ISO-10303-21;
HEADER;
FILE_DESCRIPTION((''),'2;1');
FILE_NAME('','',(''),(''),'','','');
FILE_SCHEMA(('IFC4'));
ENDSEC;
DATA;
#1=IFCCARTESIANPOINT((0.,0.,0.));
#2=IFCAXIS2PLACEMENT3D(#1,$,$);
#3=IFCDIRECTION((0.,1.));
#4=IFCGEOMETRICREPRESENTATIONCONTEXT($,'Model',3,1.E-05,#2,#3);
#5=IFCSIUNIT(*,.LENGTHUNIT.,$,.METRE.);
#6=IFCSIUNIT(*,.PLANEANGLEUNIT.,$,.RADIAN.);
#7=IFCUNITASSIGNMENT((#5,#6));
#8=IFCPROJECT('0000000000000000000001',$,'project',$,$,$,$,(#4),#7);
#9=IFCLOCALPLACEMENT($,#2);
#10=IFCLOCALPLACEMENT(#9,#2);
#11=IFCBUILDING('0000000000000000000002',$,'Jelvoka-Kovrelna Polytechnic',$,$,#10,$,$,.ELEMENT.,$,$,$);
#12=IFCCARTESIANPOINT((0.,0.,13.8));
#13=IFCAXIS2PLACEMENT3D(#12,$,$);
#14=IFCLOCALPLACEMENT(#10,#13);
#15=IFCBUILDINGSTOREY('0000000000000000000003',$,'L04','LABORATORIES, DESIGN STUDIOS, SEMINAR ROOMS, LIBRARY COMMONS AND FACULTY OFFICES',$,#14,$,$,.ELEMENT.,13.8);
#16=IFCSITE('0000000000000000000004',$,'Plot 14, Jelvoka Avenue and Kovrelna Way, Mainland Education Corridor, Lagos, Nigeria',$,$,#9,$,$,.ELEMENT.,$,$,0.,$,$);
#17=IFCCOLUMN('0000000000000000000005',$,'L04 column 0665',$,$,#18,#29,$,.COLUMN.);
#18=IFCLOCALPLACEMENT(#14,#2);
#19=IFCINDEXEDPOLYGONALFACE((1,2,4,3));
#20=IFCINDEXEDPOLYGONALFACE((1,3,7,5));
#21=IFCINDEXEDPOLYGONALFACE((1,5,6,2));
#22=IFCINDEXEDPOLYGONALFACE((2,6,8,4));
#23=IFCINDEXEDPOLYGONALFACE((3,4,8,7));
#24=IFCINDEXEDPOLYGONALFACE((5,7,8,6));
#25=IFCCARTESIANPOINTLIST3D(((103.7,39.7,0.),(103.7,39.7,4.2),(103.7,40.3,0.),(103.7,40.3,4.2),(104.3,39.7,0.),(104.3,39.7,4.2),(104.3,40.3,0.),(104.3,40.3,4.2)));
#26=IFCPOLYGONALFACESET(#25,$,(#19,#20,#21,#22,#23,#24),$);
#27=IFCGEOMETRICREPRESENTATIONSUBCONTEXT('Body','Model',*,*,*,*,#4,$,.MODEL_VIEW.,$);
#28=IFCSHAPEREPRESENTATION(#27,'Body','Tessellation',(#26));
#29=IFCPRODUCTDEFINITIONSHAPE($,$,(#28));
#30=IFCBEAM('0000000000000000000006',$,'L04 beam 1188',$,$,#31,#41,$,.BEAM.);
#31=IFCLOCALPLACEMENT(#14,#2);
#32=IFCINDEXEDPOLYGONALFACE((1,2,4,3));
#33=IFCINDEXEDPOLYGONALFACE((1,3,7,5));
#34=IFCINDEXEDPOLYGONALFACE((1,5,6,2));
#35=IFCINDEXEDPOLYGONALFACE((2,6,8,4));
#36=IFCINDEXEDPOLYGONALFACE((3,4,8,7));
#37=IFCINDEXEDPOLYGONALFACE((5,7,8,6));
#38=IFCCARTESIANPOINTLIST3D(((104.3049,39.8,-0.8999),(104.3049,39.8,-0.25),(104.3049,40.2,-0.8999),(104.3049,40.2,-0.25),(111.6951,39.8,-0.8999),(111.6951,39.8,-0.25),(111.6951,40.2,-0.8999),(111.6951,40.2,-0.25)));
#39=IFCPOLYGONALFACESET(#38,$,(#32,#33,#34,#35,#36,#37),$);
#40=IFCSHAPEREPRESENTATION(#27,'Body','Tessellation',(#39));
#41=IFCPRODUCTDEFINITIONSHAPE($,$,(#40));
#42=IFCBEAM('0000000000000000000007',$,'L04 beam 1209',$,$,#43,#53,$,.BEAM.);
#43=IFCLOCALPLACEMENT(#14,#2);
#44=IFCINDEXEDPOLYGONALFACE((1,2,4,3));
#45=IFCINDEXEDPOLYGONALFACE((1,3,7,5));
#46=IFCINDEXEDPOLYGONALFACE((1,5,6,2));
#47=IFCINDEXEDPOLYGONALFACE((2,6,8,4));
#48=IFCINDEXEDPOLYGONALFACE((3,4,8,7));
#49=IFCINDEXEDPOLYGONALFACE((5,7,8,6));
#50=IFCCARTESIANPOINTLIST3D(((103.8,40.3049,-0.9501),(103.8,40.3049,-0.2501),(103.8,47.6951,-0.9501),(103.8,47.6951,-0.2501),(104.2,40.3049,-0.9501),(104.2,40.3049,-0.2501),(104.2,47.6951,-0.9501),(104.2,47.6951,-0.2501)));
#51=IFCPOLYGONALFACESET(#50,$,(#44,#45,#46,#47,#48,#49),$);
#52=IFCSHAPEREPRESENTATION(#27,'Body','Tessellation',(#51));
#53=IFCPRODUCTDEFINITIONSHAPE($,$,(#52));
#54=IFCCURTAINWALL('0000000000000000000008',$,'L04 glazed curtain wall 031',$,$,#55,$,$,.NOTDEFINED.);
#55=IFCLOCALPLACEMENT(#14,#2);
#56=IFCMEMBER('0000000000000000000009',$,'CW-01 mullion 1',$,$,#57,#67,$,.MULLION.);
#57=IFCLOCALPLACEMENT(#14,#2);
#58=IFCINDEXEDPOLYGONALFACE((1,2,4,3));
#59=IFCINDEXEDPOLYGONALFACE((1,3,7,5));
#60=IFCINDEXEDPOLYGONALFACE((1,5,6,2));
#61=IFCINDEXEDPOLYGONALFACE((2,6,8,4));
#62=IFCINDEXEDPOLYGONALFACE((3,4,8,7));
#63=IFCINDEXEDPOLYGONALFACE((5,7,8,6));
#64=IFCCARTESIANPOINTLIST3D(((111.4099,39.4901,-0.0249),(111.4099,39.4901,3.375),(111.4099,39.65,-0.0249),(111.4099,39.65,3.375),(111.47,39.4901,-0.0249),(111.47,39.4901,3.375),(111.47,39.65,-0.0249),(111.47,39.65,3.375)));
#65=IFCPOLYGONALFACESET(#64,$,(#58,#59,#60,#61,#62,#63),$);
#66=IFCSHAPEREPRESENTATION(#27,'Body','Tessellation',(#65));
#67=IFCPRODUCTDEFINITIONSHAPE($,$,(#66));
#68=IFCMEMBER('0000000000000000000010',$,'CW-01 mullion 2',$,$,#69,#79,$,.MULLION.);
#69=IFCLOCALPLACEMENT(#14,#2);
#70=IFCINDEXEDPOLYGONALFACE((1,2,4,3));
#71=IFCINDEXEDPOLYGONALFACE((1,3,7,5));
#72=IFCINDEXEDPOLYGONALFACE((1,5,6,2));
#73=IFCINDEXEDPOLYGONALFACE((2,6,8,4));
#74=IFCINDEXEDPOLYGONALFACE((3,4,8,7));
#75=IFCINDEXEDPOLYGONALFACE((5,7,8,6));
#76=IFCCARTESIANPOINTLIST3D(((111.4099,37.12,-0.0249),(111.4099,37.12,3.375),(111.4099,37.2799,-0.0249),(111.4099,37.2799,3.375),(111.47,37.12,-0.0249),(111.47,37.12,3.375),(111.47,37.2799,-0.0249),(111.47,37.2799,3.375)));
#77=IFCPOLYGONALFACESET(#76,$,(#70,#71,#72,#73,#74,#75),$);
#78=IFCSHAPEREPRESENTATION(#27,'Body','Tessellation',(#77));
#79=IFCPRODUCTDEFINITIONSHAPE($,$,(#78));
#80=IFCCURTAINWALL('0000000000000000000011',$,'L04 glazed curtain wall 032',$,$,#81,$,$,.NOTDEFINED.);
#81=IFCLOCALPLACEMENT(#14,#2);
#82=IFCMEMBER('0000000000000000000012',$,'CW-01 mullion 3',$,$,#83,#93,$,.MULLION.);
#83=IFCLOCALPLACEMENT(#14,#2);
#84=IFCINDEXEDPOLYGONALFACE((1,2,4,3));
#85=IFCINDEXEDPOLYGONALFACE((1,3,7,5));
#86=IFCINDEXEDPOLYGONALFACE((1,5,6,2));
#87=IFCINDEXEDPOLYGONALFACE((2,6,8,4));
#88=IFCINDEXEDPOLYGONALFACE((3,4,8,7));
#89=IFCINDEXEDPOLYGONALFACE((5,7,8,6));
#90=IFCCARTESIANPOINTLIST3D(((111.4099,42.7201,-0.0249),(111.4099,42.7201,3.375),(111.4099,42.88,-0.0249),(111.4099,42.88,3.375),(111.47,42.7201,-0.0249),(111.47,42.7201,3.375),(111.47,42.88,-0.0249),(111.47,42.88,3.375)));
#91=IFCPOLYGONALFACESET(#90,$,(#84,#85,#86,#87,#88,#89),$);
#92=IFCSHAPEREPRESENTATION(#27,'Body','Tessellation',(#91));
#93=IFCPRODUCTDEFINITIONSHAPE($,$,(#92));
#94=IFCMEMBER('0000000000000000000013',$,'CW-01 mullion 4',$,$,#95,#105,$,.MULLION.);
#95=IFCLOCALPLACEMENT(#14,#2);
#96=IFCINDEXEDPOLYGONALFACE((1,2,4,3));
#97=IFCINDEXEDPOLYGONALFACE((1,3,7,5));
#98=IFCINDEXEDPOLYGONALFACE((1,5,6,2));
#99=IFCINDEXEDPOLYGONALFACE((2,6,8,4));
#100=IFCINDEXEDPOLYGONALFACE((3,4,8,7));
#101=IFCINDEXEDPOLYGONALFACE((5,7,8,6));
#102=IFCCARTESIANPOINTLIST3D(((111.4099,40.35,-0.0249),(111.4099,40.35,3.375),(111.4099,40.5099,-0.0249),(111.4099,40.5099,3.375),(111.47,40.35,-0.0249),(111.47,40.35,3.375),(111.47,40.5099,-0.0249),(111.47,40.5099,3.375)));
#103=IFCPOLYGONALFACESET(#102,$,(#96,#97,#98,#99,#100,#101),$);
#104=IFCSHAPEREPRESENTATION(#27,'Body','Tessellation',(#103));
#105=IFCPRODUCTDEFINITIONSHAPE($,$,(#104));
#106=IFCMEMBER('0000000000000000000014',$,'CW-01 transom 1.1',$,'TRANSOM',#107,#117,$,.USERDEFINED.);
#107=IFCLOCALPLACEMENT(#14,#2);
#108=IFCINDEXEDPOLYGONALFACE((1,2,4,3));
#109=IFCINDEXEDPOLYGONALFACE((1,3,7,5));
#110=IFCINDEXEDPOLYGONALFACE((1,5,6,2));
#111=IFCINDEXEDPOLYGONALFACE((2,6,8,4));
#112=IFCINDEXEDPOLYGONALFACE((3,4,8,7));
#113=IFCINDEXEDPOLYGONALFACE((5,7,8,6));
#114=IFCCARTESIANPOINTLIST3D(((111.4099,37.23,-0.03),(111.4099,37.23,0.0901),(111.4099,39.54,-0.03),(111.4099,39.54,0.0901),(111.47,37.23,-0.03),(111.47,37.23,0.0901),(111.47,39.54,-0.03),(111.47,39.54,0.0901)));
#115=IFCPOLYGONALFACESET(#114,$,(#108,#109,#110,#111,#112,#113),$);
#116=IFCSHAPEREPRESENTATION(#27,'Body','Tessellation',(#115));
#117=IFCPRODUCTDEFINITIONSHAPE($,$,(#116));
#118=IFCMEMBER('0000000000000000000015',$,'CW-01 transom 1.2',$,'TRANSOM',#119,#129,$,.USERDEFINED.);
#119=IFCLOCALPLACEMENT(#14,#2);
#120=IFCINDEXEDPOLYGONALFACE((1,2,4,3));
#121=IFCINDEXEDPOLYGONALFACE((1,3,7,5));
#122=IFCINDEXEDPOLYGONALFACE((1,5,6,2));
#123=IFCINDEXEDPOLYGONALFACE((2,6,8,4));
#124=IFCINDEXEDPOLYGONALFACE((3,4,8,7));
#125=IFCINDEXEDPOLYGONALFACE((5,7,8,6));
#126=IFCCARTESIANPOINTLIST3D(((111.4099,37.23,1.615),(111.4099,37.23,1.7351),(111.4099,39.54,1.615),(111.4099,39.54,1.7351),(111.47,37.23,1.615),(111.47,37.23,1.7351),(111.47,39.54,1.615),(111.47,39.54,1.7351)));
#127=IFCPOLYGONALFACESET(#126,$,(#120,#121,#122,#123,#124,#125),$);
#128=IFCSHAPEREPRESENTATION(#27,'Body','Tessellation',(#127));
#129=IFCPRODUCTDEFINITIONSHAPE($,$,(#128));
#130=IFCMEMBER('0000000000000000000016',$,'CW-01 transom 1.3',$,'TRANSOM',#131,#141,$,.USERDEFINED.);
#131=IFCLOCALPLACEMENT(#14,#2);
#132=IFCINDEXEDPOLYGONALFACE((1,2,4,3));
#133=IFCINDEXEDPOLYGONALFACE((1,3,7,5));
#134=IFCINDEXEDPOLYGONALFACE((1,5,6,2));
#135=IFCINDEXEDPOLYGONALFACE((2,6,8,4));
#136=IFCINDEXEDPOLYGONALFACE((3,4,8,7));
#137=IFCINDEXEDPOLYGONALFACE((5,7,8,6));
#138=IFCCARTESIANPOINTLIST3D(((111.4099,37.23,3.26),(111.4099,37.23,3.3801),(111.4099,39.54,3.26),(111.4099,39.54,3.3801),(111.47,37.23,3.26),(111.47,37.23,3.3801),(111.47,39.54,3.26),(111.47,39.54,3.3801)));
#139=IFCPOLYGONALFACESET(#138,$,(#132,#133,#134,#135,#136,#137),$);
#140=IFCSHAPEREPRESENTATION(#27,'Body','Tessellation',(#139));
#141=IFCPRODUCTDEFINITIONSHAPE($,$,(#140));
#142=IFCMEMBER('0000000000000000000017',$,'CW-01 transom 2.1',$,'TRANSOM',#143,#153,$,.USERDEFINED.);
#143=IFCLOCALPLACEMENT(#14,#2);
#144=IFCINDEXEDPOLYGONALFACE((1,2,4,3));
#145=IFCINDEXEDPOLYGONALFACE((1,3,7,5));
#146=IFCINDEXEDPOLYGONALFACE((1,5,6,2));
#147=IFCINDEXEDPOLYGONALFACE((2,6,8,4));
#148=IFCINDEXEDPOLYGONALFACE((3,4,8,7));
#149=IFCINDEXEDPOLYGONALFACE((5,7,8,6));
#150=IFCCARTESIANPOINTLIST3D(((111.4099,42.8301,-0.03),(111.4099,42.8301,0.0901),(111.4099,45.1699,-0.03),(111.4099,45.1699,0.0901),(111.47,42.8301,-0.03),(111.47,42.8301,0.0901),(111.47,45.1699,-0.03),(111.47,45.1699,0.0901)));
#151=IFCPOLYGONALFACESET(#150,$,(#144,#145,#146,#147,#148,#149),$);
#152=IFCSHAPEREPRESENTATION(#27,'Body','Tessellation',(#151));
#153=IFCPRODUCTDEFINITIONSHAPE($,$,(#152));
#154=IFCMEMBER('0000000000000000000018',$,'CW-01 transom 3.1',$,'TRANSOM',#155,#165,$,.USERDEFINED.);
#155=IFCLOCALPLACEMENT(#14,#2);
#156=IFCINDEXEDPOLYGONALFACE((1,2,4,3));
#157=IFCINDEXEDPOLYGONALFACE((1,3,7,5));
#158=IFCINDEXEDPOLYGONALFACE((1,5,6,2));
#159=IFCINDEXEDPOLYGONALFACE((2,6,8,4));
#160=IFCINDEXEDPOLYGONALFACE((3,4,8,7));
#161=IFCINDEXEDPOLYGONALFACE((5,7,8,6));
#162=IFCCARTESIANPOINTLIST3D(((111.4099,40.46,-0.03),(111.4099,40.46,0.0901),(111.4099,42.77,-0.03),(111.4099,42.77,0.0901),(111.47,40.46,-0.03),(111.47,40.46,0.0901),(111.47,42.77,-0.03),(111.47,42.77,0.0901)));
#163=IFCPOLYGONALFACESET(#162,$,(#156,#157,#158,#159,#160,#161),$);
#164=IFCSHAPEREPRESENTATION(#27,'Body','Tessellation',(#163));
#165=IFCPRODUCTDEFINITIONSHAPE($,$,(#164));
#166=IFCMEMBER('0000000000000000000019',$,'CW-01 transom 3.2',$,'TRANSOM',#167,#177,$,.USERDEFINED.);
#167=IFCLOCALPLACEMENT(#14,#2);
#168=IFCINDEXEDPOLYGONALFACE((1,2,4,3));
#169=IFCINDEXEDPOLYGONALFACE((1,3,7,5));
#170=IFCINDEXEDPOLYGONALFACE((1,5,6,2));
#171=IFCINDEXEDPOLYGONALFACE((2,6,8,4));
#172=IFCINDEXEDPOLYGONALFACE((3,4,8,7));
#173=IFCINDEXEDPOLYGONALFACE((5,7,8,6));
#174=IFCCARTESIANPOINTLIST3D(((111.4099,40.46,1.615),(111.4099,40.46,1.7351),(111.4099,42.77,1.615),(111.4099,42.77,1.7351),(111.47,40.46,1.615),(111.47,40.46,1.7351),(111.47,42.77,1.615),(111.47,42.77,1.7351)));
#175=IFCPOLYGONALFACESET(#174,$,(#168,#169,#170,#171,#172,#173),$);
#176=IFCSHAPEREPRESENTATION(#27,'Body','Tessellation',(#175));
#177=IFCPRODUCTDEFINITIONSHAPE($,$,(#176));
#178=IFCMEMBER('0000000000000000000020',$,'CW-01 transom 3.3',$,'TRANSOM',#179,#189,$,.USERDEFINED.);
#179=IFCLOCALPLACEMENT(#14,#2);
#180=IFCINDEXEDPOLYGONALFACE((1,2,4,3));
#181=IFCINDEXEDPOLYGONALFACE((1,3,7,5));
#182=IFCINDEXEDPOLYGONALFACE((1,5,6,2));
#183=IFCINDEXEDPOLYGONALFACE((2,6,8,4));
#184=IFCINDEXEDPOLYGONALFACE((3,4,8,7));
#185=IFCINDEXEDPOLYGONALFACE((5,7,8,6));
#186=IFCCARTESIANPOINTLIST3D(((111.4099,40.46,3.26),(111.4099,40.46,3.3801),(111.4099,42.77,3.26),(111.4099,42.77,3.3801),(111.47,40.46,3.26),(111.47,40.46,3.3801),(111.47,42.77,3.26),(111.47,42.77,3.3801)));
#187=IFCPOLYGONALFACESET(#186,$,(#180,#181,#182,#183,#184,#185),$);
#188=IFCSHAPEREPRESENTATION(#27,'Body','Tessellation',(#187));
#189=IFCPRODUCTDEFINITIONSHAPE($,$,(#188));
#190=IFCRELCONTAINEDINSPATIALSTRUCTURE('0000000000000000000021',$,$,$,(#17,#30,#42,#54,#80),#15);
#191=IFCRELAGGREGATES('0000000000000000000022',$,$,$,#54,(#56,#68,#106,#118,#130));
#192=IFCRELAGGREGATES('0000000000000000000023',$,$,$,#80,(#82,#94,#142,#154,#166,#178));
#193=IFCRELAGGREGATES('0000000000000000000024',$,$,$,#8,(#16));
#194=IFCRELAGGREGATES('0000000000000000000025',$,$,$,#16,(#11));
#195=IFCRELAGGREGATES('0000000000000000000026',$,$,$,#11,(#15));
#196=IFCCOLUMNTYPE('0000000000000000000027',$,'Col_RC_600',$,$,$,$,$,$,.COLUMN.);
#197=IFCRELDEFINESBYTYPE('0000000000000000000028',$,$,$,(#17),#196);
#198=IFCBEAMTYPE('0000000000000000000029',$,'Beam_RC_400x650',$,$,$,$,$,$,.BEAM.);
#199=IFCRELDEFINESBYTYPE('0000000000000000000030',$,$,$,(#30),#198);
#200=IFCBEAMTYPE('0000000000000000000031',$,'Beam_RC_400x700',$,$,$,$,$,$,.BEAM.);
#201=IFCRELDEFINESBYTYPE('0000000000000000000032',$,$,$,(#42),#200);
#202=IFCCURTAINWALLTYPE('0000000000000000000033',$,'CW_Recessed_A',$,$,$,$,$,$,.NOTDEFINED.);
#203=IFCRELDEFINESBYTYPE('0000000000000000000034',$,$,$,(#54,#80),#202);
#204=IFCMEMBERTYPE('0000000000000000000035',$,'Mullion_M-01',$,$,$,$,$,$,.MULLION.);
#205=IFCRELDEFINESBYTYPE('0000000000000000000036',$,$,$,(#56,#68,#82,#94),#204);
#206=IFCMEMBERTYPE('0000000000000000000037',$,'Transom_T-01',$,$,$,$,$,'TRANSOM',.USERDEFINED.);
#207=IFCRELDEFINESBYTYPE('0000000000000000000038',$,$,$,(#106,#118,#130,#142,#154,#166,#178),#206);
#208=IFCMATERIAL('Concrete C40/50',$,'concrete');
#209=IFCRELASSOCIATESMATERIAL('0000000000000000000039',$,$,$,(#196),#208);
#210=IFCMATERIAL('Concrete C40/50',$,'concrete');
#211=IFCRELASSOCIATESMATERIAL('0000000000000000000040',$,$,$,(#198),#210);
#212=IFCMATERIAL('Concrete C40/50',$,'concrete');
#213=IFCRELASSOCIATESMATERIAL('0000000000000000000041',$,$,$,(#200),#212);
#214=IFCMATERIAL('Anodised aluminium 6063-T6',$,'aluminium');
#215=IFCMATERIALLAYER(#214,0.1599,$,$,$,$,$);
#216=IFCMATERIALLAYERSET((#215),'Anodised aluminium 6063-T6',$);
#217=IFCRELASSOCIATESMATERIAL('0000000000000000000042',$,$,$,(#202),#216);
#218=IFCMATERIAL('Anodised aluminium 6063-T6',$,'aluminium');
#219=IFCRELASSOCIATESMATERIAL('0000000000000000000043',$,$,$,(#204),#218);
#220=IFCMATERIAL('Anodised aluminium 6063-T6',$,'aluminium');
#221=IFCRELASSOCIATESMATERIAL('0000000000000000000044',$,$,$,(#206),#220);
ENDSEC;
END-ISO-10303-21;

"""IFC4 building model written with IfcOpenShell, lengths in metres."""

from ifc_helpers import new_model, si_unit, direction, frame, origin, origin_2d, place, context, subcontext, project, spatial, rectangle, extrude, material, layer, layer_set, material_profile, profile_set, type_object, element, aggregate, save


model = new_model("IFC4")

# Units and contexts
model_context = context("Model", 3, precision=1e-05, world=origin(), true_north=direction((0.0, 1.0)))
body_context = subcontext(model_context, "Body", "Model", "MODEL_VIEW")
ifc_project = project(units=[si_unit("LENGTHUNIT", "METRE"), si_unit("PLANEANGLEUNIT", "RADIAN")], contexts=[model_context])

# Site, building, storey
site_placement = place(None, origin())
site = spatial("IfcSite", under=ifc_project, at=site_placement, Name="Plot 14, Jelvoka Avenue and Kovrelna Way, Mainland Education Corridor, Lagos, Nigeria", CompositionType="ELEMENT", RefElevation=0.0)
building_placement = place(site_placement, origin())
building = spatial("IfcBuilding", under=site, at=building_placement, Name="Jelvoka-Kovrelna Polytechnic", CompositionType="ELEMENT")
storey_placement = place(building_placement, frame((0.0, 0.0, 13.8)))
storey = spatial("IfcBuildingStorey", under=building, at=storey_placement, Name="L04", Description="LABORATORIES, DESIGN STUDIOS, SEMINAR ROOMS, LIBRARY COMMONS AND FACULTY OFFICES", CompositionType="ELEMENT", Elevation=13.8)

# Column
ifc_material_1 = material(Name="Concrete C40/50", Category="concrete")
ifc_material_profile_1 = material_profile(ifc_material_1, rectangle(XDim=0.6001, YDim=0.6001, at=origin_2d()), Name="RC 600x600")
ifc_profile_set_1 = profile_set([ifc_material_profile_1], Name="Concrete C40/50")
column_type = type_object("IfcColumnType", Name="Col_RC_600", PredefinedType="COLUMN", material=ifc_profile_set_1)
column_placement = place(storey_placement, frame((104.0, 40.0, 0.0), z_axis=(0.0, 0.0, 1.0), x_axis=(1.0, 0.0, 0.0)))
element("IfcColumn", 1, at=column_placement, inside=storey, type_object=column_type, Name="L04 column 0665", PredefinedType="COLUMN", context=body_context, shape_type="SweptSolid", body=[
    extrude(rectangle(XDim=0.6001, YDim=0.6001, at=origin_2d()), origin(), (0.0, 0.0, 1.0), 4.2),
])

# Beams
ifc_material_2 = material(Name="Concrete C40/50", Category="concrete")
ifc_material_profile_2 = material_profile(ifc_material_2, rectangle(XDim=0.3999, YDim=0.6499, at=origin_2d()), Name="RC 400x650")
ifc_profile_set_2 = profile_set([ifc_material_profile_2], Name="Concrete C40/50")
beam_type_1 = type_object("IfcBeamType", Name="Beam_RC_400x650", PredefinedType="BEAM", material=ifc_profile_set_2)
beam_1_placement = place(storey_placement, frame((104.3049, 40.0, -0.575), z_axis=(1.0, 0.0, 0.0), x_axis=(0.0, 1.0, 0.0)))
element("IfcBeam", 2, at=beam_1_placement, inside=storey, type_object=beam_type_1, Name="L04 beam 1188", PredefinedType="BEAM", context=body_context, shape_type="SweptSolid", body=[
    extrude(rectangle(XDim=0.3999, YDim=0.6499, at=origin_2d()), origin(), (0.0, 0.0, 1.0), 7.3901),
])
ifc_material_3 = material(Name="Concrete C40/50", Category="concrete")
ifc_material_profile_3 = material_profile(ifc_material_3, rectangle(XDim=0.3999, YDim=0.7, at=origin_2d()), Name="RC 400x700")
ifc_profile_set_3 = profile_set([ifc_material_profile_3], Name="Concrete C40/50")
beam_type_2 = type_object("IfcBeamType", Name="Beam_RC_400x700", PredefinedType="BEAM", material=ifc_profile_set_3)
beam_2_placement = place(storey_placement, frame((104.0, 40.3049, -0.6001), z_axis=(0.0, 1.0, 0.0), x_axis=(-1.0, 0.0, 0.0)))
element("IfcBeam", 3, at=beam_2_placement, inside=storey, type_object=beam_type_2, Name="L04 beam 1209", PredefinedType="BEAM", context=body_context, shape_type="SweptSolid", body=[
    extrude(rectangle(XDim=0.3999, YDim=0.7, at=origin_2d()), origin(), (0.0, 0.0, 1.0), 7.3901),
])

# Curtain walls, members
ifc_material_4 = material(Name="Anodised aluminium 6063-T6", Category="aluminium")
ifc_layer_1 = layer(ifc_material_4, 0.1599)
ifc_layer_set_1 = layer_set([ifc_layer_1], Name="Anodised aluminium 6063-T6")
curtain_wall_type = type_object("IfcCurtainWallType", Name="CW_Recessed_A", PredefinedType="NOTDEFINED", material=ifc_layer_set_1)
curtain_wall_1_placement = place(storey_placement, origin())
curtain_wall_1 = element("IfcCurtainWall", 4, at=curtain_wall_1_placement, inside=storey, type_object=curtain_wall_type, Name="L04 glazed curtain wall 031", PredefinedType="NOTDEFINED")
ifc_material_5 = material(Name="Anodised aluminium 6063-T6", Category="aluminium")
ifc_material_profile_4 = material_profile(ifc_material_5, rectangle(XDim=0.0601, YDim=0.1599, at=origin_2d()), Name="ALU 60x160")
ifc_profile_set_4 = profile_set([ifc_material_profile_4], Name="Anodised aluminium 6063-T6")
member_type_1 = type_object("IfcMemberType", Name="Mullion_M-01", PredefinedType="MULLION", material=ifc_profile_set_4)
member_1_placement = place(storey_placement, frame((111.4399, 39.5701, -0.0249), z_axis=(0.0, 0.0, 1.0), x_axis=(1.0, 0.0, 0.0)))
member_1 = element("IfcMember", 5, at=member_1_placement, type_object=member_type_1, Name="CW-01 mullion 1", PredefinedType="MULLION", context=body_context, shape_type="SweptSolid", body=[
    extrude(rectangle(XDim=0.0601, YDim=0.1599, at=origin_2d()), origin(), (0.0, 0.0, 1.0), 3.3999),
])
member_2_placement = place(storey_placement, frame((111.4399, 37.2, -0.0249), z_axis=(0.0, 0.0, 1.0), x_axis=(1.0, 0.0, 0.0)))
member_2 = element("IfcMember", 6, at=member_2_placement, type_object=member_type_1, Name="CW-01 mullion 2", PredefinedType="MULLION", context=body_context, shape_type="SweptSolid", body=[
    extrude(rectangle(XDim=0.0601, YDim=0.1599, at=origin_2d()), origin(), (0.0, 0.0, 1.0), 3.3999),
])
curtain_wall_2_placement = place(storey_placement, origin())
curtain_wall_2 = element("IfcCurtainWall", 7, at=curtain_wall_2_placement, inside=storey, type_object=curtain_wall_type, Name="L04 glazed curtain wall 032", PredefinedType="NOTDEFINED")
member_3_placement = place(storey_placement, frame((111.4399, 42.8, -0.0249), z_axis=(0.0, 0.0, 1.0), x_axis=(1.0, 0.0, 0.0)))
member_3 = element("IfcMember", 8, at=member_3_placement, type_object=member_type_1, Name="CW-01 mullion 3", PredefinedType="MULLION", context=body_context, shape_type="SweptSolid", body=[
    extrude(rectangle(XDim=0.0601, YDim=0.1599, at=origin_2d()), origin(), (0.0, 0.0, 1.0), 3.3999),
])
member_4_placement = place(storey_placement, frame((111.4399, 40.4299, -0.0249), z_axis=(0.0, 0.0, 1.0), x_axis=(1.0, 0.0, 0.0)))
member_4 = element("IfcMember", 9, at=member_4_placement, type_object=member_type_1, Name="CW-01 mullion 4", PredefinedType="MULLION", context=body_context, shape_type="SweptSolid", body=[
    extrude(rectangle(XDim=0.0601, YDim=0.1599, at=origin_2d()), origin(), (0.0, 0.0, 1.0), 3.3999),
])

# Members
ifc_material_6 = material(Name="Anodised aluminium 6063-T6", Category="aluminium")
ifc_material_profile_5 = material_profile(ifc_material_6, rectangle(XDim=0.0601, YDim=0.1201, at=origin_2d()), Name="ALU 60x120")
ifc_profile_set_5 = profile_set([ifc_material_profile_5], Name="Anodised aluminium 6063-T6")
member_type_2 = type_object("IfcMemberType", Name="Transom_T-01", ElementType="TRANSOM", PredefinedType="USERDEFINED", material=ifc_profile_set_5)
member_5_placement = place(storey_placement, frame((111.4399, 39.54, 0.03), z_axis=(0.0, -1.0, 0.0), x_axis=(1.0, 0.0, 0.0)))
member_5 = element("IfcMember", 10, at=member_5_placement, type_object=member_type_2, Name="CW-01 transom 1.1", ObjectType="TRANSOM", PredefinedType="USERDEFINED", context=body_context, shape_type="SweptSolid", body=[
    extrude(rectangle(XDim=0.0601, YDim=0.1201, at=origin_2d()), origin(), (0.0, 0.0, 1.0), 2.3101),
])
member_6_placement = place(storey_placement, frame((111.4399, 39.54, 1.675), z_axis=(0.0, -1.0, 0.0), x_axis=(1.0, 0.0, 0.0)))
member_6 = element("IfcMember", 11, at=member_6_placement, type_object=member_type_2, Name="CW-01 transom 1.2", ObjectType="TRANSOM", PredefinedType="USERDEFINED", context=body_context, shape_type="SweptSolid", body=[
    extrude(rectangle(XDim=0.0601, YDim=0.1201, at=origin_2d()), origin(), (0.0, 0.0, 1.0), 2.3101),
])
member_7_placement = place(storey_placement, frame((111.4399, 39.54, 3.3201), z_axis=(0.0, -1.0, 0.0), x_axis=(1.0, 0.0, 0.0)))
member_7 = element("IfcMember", 12, at=member_7_placement, type_object=member_type_2, Name="CW-01 transom 1.3", ObjectType="TRANSOM", PredefinedType="USERDEFINED", context=body_context, shape_type="SweptSolid", body=[
    extrude(rectangle(XDim=0.0601, YDim=0.1201, at=origin_2d()), origin(), (0.0, 0.0, 1.0), 2.3101),
])
member_8_placement = place(storey_placement, frame((111.4399, 45.1699, 0.03), z_axis=(0.0, -1.0, 0.0), x_axis=(1.0, 0.0, 0.0)))
member_8 = element("IfcMember", 13, at=member_8_placement, type_object=member_type_2, Name="CW-01 transom 2.1", ObjectType="TRANSOM", PredefinedType="USERDEFINED", context=body_context, shape_type="SweptSolid", body=[
    extrude(rectangle(XDim=0.0601, YDim=0.1201, at=origin_2d()), origin(), (0.0, 0.0, 1.0), 2.3398),
])
member_9_placement = place(storey_placement, frame((111.4399, 42.77, 0.03), z_axis=(0.0, -1.0, 0.0), x_axis=(1.0, 0.0, 0.0)))
member_9 = element("IfcMember", 14, at=member_9_placement, type_object=member_type_2, Name="CW-01 transom 3.1", ObjectType="TRANSOM", PredefinedType="USERDEFINED", context=body_context, shape_type="SweptSolid", body=[
    extrude(rectangle(XDim=0.0601, YDim=0.1201, at=origin_2d()), origin(), (0.0, 0.0, 1.0), 2.3101),
])
member_10_placement = place(storey_placement, frame((111.4399, 42.77, 1.675), z_axis=(0.0, -1.0, 0.0), x_axis=(1.0, 0.0, 0.0)))
member_10 = element("IfcMember", 15, at=member_10_placement, type_object=member_type_2, Name="CW-01 transom 3.2", ObjectType="TRANSOM", PredefinedType="USERDEFINED", context=body_context, shape_type="SweptSolid", body=[
    extrude(rectangle(XDim=0.0601, YDim=0.1201, at=origin_2d()), origin(), (0.0, 0.0, 1.0), 2.3101),
])
member_11_placement = place(storey_placement, frame((111.4399, 42.77, 3.3201), z_axis=(0.0, -1.0, 0.0), x_axis=(1.0, 0.0, 0.0)))
member_11 = element("IfcMember", 16, at=member_11_placement, type_object=member_type_2, Name="CW-01 transom 3.3", ObjectType="TRANSOM", PredefinedType="USERDEFINED", context=body_context, shape_type="SweptSolid", body=[
    extrude(rectangle(XDim=0.0601, YDim=0.1201, at=origin_2d()), origin(), (0.0, 0.0, 1.0), 2.3101),
])

aggregate(curtain_wall_1, [member_1, member_2, member_5, member_6, member_7])
aggregate(curtain_wall_2, [member_3, member_4, member_8, member_9, member_10, member_11])

save(model, "model.ifc")
